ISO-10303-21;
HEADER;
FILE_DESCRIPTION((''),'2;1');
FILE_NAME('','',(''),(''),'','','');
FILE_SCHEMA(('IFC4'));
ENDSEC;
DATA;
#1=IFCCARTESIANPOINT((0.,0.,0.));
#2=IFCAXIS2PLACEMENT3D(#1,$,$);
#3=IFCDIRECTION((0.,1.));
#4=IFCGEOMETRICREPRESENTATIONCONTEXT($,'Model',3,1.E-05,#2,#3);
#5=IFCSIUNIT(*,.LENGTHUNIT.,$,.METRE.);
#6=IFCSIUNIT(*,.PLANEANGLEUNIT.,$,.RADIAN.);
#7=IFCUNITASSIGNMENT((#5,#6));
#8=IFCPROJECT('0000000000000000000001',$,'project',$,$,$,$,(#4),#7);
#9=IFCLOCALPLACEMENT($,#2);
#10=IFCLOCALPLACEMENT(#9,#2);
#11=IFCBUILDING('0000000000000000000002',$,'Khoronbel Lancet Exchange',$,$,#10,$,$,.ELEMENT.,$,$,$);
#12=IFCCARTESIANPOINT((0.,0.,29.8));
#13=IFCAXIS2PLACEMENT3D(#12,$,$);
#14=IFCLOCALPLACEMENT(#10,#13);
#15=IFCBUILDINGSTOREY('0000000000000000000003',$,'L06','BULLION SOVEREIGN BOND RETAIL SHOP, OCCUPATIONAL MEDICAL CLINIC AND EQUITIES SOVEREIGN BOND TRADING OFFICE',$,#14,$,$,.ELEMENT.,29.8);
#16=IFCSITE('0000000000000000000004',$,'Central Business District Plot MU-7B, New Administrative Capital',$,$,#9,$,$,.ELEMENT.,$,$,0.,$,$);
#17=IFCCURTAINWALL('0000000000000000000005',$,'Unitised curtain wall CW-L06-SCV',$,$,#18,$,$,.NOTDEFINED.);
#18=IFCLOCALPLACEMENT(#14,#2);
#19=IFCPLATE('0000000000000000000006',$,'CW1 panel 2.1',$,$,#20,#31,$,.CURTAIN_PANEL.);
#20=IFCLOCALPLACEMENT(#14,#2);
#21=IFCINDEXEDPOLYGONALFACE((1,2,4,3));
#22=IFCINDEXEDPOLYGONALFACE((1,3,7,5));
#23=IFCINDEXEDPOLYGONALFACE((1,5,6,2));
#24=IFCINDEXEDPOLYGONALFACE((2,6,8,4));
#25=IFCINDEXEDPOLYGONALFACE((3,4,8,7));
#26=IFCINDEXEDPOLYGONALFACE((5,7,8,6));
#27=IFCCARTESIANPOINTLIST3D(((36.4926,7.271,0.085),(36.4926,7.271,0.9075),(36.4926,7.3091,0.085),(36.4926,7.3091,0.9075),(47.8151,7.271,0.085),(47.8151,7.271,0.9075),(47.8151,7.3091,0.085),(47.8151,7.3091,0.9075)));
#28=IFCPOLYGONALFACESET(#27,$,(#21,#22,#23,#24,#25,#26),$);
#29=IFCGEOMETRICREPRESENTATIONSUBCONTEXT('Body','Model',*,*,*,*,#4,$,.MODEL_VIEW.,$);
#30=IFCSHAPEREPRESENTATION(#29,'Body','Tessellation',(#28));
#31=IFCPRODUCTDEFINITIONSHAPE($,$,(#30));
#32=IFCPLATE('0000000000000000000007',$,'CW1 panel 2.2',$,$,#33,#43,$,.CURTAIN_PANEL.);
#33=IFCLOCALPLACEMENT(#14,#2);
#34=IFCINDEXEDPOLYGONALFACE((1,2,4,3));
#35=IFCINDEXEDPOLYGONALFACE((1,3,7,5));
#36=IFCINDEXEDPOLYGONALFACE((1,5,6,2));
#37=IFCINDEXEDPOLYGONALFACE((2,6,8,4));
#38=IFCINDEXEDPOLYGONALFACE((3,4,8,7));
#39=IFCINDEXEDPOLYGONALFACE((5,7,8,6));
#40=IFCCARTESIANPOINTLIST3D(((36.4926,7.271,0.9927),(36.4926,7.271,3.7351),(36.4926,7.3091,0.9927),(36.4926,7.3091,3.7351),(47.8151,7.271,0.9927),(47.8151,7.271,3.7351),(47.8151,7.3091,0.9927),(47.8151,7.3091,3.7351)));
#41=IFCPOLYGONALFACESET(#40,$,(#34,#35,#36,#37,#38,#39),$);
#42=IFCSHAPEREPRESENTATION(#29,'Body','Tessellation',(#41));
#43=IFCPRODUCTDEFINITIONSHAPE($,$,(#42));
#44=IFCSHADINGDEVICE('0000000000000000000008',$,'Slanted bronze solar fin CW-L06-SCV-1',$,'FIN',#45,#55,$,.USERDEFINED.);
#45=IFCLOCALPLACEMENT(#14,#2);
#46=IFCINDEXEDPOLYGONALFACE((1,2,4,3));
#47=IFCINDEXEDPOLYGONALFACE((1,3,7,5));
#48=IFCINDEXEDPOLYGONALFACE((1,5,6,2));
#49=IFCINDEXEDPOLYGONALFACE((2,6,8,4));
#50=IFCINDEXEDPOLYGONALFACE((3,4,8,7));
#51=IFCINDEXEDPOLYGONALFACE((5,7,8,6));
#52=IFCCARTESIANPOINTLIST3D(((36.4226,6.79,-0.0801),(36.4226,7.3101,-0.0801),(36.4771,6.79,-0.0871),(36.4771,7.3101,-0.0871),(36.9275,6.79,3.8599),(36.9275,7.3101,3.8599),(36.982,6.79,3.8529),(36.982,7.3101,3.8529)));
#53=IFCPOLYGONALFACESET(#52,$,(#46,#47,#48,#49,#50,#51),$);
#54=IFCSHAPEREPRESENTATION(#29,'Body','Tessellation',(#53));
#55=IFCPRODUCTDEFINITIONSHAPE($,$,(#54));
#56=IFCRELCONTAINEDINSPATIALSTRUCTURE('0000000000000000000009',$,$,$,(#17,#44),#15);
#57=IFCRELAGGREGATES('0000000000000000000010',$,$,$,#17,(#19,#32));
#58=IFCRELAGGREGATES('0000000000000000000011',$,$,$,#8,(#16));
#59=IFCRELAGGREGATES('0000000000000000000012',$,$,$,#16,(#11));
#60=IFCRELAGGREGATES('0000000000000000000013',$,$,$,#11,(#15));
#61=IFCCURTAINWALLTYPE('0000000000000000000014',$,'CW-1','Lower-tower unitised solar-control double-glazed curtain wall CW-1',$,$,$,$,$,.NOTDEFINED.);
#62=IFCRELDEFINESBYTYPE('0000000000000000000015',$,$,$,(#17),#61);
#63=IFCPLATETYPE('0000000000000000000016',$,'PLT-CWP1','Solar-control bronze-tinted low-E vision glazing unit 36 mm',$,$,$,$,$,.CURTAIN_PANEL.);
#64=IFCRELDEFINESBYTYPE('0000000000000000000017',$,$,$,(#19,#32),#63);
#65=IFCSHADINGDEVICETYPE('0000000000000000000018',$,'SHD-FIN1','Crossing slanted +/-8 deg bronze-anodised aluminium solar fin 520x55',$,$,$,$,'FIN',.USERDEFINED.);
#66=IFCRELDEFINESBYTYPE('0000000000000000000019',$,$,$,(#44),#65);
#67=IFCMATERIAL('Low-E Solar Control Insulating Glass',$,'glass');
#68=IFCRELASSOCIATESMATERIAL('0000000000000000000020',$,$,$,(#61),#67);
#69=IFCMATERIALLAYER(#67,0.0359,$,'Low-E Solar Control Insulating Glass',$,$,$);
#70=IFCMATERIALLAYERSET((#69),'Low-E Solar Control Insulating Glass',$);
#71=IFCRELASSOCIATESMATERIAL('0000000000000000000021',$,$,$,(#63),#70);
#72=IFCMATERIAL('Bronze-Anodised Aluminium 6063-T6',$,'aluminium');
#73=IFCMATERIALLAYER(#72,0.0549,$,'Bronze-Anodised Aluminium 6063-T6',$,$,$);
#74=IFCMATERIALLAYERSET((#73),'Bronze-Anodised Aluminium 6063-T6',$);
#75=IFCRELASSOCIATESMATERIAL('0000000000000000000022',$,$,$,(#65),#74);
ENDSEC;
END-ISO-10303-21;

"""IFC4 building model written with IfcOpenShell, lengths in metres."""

from ifc_helpers import new_model, si_unit, direction, frame, origin, origin_2d, place, context, subcontext, project, spatial, polyline, rectangle, outline, extrude, material, layer, layer_set, type_object, element, aggregate, save


model = new_model("IFC4")

# Units and contexts
model_context = context("Model", 3, precision=1e-05, world=origin(), true_north=direction((0.0, 1.0)))
body_context = subcontext(model_context, "Body", "Model", "MODEL_VIEW")
ifc_project = project(units=[si_unit("LENGTHUNIT", "METRE"), si_unit("PLANEANGLEUNIT", "RADIAN")], contexts=[model_context])

# Site, building, storey
site_placement = place(None, origin())
site = spatial("IfcSite", under=ifc_project, at=site_placement, Name="Central Business District Plot MU-7B, New Administrative Capital", CompositionType="ELEMENT", RefElevation=0.0)
building_placement = place(site_placement, origin())
building = spatial("IfcBuilding", under=site, at=building_placement, Name="Khoronbel Lancet Exchange", CompositionType="ELEMENT")
storey_placement = place(building_placement, frame((0.0, 0.0, 29.8)))
storey = spatial("IfcBuildingStorey", under=building, at=storey_placement, Name="L06", Description="BULLION SOVEREIGN BOND RETAIL SHOP, OCCUPATIONAL MEDICAL CLINIC AND EQUITIES SOVEREIGN BOND TRADING OFFICE", CompositionType="ELEMENT", Elevation=29.8)

# Curtain wall
ifc_material_1 = material(Name="Low-E Solar Control Insulating Glass", Category="glass")
curtain_wall_type = type_object("IfcCurtainWallType", Name="CW-1", Description="Lower-tower unitised solar-control double-glazed curtain wall CW-1", PredefinedType="NOTDEFINED", material=ifc_material_1)
curtain_wall_1_placement = place(storey_placement, origin())
curtain_wall_1 = element("IfcCurtainWall", 1, at=curtain_wall_1_placement, inside=storey, type_object=curtain_wall_type, Name="Unitised curtain wall CW-L06-SCV", PredefinedType="NOTDEFINED")
ifc_material_2 = material(Name="Bronze-Anodised Aluminium 6063-T6", Category="aluminium")

# Plates
ifc_layer_1 = layer(ifc_material_1, 0.0359, Name="Low-E Solar Control Insulating Glass")
ifc_layer_set_1 = layer_set([ifc_layer_1], Name="Low-E Solar Control Insulating Glass")
plate_type_1 = type_object("IfcPlateType", Name="PLT-CWP1", Description="Solar-control bronze-tinted low-E vision glazing unit 36 mm", PredefinedType="CURTAIN_PANEL", material=ifc_layer_set_1)
plate_1_placement = place(storey_placement, frame((42.1538, 7.29, 0.085), z_axis=(0.0, 0.0, 1.0), x_axis=(1.0, 0.0, 0.0)))
plate_1 = element("IfcPlate", 2, at=plate_1_placement, type_object=plate_type_1, Name="CW1 panel 2.1", PredefinedType="CURTAIN_PANEL", context=body_context, shape_type="SweptSolid", body=[
    extrude(rectangle(XDim=11.3225, YDim=0.0381, at=origin_2d()), origin(), (0.0, 0.0, 1.0), 0.8225),
])
plate_2_placement = place(storey_placement, frame((42.1538, 7.29, 0.9927), z_axis=(0.0, 0.0, 1.0), x_axis=(1.0, 0.0, 0.0)))
plate_2 = element("IfcPlate", 3, at=plate_2_placement, type_object=plate_type_1, Name="CW1 panel 2.2", PredefinedType="CURTAIN_PANEL", context=body_context, shape_type="SweptSolid", body=[
    extrude(rectangle(XDim=11.3225, YDim=0.0381, at=origin_2d()), origin(), (0.0, 0.0, 1.0), 2.7424),
])
aggregate(curtain_wall_1, [plate_1, plate_2])

# Shading device
ifc_layer_2 = layer(ifc_material_2, 0.0549, Name="Bronze-Anodised Aluminium 6063-T6")
ifc_layer_set_2 = layer_set([ifc_layer_2], Name="Bronze-Anodised Aluminium 6063-T6")
shading_device_type = type_object("IfcShadingDeviceType", Name="SHD-FIN1", Description="Crossing slanted +/-8 deg bronze-anodised aluminium solar fin 520x55", ElementType="FIN", PredefinedType="USERDEFINED", material=ifc_layer_set_2)
shading_device_placement = place(storey_placement, frame((36.4226, 7.3101, -0.0801), z_axis=(-0.991889, 0.0, 0.127105), x_axis=(0.0, -1.0, 0.0)))
element("IfcShadingDevice", 4, at=shading_device_placement, inside=storey, type_object=shading_device_type, Name="Slanted bronze solar fin CW-L06-SCV-1", ObjectType="FIN", PredefinedType="USERDEFINED", context=body_context, shape_type="SweptSolid", body=[
    extrude(outline(polyline([(0.0, 0.0), (0.52, 0.0), (0.52, 3.9722), (0.0, 3.9722), (0.0, 0.0)])), origin(), (0.0, 0.0, -1.0), 0.0549),
])

save(model, "model.ifc")
